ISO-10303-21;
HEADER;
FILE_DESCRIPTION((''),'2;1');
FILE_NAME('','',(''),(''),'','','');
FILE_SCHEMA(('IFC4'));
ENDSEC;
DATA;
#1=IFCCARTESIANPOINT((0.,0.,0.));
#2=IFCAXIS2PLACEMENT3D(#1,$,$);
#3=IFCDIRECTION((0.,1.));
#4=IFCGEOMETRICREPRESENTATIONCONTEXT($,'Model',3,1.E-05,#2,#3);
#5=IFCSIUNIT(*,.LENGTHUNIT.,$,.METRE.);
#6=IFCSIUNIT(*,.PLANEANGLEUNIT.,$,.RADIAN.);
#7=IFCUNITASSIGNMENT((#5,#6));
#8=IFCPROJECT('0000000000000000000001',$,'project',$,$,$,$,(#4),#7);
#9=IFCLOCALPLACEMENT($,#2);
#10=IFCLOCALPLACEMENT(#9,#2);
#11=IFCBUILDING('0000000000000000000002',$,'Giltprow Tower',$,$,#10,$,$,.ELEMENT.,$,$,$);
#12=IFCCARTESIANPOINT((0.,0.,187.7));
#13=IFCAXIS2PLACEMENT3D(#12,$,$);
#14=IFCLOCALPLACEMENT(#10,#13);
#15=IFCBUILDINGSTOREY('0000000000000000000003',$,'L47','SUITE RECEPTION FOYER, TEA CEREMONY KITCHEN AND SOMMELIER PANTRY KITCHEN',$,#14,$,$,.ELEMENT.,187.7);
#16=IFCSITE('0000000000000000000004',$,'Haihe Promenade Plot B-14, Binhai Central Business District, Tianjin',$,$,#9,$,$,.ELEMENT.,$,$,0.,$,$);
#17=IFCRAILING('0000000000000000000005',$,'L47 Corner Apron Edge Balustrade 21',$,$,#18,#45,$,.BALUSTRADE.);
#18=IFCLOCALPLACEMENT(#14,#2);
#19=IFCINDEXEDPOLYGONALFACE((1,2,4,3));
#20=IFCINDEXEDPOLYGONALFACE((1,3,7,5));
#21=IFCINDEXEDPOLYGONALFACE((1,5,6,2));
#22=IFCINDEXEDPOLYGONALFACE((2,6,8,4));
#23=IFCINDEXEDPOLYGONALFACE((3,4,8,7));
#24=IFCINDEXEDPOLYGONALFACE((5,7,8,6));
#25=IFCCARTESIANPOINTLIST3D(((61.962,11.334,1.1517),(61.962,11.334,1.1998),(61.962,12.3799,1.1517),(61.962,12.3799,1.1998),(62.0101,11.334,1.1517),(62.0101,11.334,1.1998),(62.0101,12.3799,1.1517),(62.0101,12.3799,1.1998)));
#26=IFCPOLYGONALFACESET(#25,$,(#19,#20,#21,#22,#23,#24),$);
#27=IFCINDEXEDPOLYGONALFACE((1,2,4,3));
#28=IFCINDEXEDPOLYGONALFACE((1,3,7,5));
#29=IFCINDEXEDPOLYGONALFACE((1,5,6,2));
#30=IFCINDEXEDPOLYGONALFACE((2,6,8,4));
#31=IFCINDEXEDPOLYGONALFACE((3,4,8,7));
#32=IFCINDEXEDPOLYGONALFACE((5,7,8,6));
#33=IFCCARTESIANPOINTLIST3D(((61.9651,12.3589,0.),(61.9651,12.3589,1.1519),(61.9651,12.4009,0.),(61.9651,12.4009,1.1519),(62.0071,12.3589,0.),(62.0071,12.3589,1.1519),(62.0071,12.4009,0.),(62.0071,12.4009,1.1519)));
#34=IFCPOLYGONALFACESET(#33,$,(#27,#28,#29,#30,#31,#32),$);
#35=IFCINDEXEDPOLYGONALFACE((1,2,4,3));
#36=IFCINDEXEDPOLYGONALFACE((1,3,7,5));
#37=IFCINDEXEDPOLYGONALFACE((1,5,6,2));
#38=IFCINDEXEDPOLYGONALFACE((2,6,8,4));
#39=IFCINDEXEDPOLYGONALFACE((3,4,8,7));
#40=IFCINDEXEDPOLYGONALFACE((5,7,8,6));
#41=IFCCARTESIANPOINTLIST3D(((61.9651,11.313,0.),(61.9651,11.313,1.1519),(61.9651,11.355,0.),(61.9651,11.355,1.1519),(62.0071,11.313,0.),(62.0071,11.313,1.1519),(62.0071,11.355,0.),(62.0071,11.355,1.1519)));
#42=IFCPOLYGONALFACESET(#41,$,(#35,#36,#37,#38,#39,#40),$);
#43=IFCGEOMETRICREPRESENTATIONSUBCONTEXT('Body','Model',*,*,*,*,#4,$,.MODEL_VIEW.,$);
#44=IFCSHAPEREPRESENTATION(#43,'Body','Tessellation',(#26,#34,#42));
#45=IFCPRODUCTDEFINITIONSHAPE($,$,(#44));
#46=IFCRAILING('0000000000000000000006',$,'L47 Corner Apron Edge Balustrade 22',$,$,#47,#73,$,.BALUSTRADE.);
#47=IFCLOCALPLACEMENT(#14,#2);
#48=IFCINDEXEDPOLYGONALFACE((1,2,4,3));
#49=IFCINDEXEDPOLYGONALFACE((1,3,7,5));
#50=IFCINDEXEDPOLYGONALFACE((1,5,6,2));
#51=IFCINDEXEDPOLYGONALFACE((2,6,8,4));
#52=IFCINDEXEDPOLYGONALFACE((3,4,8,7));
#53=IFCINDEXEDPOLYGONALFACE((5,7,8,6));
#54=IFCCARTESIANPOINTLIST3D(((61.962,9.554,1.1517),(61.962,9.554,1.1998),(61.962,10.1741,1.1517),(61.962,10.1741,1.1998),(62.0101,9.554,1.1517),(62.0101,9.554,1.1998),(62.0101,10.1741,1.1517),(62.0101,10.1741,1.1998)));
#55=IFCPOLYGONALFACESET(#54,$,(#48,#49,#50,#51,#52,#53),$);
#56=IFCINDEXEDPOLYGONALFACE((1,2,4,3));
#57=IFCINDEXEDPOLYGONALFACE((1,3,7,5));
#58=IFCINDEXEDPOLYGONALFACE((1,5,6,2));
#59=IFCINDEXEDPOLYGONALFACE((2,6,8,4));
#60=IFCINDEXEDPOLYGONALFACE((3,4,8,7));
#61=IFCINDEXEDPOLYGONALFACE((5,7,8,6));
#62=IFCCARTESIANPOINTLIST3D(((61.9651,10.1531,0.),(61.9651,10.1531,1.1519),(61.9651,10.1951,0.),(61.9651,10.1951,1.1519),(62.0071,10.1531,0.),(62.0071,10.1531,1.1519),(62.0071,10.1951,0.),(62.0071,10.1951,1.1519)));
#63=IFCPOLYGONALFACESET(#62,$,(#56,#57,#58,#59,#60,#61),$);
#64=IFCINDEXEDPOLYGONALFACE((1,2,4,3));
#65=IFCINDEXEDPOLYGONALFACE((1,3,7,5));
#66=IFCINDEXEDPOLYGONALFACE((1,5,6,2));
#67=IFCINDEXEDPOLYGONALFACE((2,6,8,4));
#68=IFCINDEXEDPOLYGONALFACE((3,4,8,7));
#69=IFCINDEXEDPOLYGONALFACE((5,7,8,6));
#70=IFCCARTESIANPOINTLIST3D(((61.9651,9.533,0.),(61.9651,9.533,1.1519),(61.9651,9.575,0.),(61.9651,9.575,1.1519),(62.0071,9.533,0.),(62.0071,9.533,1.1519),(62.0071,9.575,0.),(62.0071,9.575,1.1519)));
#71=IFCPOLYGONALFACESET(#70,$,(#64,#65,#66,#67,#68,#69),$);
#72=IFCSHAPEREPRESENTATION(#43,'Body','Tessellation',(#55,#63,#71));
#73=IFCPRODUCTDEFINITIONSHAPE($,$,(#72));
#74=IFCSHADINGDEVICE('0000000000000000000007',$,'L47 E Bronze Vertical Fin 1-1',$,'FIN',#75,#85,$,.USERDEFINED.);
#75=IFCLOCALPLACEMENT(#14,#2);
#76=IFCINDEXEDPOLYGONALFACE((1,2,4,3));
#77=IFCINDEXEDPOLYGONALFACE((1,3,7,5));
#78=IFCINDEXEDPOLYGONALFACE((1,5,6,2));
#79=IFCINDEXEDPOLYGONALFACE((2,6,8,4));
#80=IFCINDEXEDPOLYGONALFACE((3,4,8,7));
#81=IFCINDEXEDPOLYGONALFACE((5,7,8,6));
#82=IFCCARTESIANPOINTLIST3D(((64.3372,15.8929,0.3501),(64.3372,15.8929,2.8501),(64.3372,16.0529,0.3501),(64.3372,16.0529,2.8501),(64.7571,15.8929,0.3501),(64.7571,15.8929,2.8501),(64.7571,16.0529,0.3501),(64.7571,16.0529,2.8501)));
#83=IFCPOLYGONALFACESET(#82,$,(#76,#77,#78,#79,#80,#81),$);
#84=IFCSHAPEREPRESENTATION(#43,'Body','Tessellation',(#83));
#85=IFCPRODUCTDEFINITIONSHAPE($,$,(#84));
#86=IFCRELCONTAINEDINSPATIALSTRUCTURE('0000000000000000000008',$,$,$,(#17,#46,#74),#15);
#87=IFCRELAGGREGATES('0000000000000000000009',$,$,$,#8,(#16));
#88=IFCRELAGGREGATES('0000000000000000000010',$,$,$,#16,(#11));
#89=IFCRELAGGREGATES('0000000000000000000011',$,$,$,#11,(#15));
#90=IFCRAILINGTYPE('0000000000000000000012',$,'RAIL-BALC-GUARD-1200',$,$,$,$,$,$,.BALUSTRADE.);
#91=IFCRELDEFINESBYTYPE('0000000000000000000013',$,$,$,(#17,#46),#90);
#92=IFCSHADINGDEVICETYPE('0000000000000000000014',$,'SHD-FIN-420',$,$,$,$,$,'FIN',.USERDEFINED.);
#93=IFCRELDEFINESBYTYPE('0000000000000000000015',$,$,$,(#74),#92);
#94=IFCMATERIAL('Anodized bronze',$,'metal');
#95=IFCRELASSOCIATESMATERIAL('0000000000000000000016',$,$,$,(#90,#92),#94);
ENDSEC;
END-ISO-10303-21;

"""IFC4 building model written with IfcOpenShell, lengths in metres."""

from ifc_helpers import new_model, si_unit, direction, frame, origin, origin_2d, place, context, subcontext, project, spatial, rectangle, extrude, source, transform, mapped, material, type_object, element, save


model = new_model("IFC4")

# Units and contexts
model_context = context("Model", 3, precision=1e-05, world=origin(), true_north=direction((0.0, 1.0)))
body_context = subcontext(model_context, "Body", "Model", "MODEL_VIEW")
ifc_project = project(units=[si_unit("LENGTHUNIT", "METRE"), si_unit("PLANEANGLEUNIT", "RADIAN")], contexts=[model_context])

# Site, building, storey
site_placement = place(None, origin())
site = spatial("IfcSite", under=ifc_project, at=site_placement, Name="Haihe Promenade Plot B-14, Binhai Central Business District, Tianjin", CompositionType="ELEMENT", RefElevation=0.0)
building_placement = place(site_placement, origin())
building = spatial("IfcBuilding", under=site, at=building_placement, Name="Giltprow Tower", CompositionType="ELEMENT")
storey_placement = place(building_placement, frame((0.0, 0.0, 187.7)))
storey = spatial("IfcBuildingStorey", under=building, at=storey_placement, Name="L47", Description="SUITE RECEPTION FOYER, TEA CEREMONY KITCHEN AND SOMMELIER PANTRY KITCHEN", CompositionType="ELEMENT", Elevation=187.7)

# Shared definitions
ifc_material_1 = material(Name="Anodized bronze", Category="metal")

# Railings
railing_type = type_object("IfcRailingType", Name="RAIL-BALC-GUARD-1200", PredefinedType="BALUSTRADE", material=ifc_material_1)
railing_1_placement = place(storey_placement, frame((61.9861, 12.3799, 0.0)))
element("IfcRailing", 1, at=railing_1_placement, inside=storey, type_object=railing_type, Name="L47 Corner Apron Edge Balustrade 21", PredefinedType="BALUSTRADE", context=body_context, shape_type="SweptSolid", body=[
    extrude(rectangle(XDim=0.0481, YDim=0.0481, at=origin_2d()), frame((0.0, 0.0, 1.1758), z_axis=(0.0, -1.0, 0.0), x_axis=(1.0, 0.0, 0.0)), (0.0, 0.0, 1.0), 1.0459),
    extrude(rectangle(XDim=0.042, YDim=0.042, at=origin_2d()), origin(), (0.0, 0.0, 1.0), 1.1519),
    extrude(rectangle(XDim=0.042, YDim=0.042, at=origin_2d()), frame((0.0, -1.0459, 0.0)), (0.0, 0.0, 1.0), 1.1519),
])
railing_2_placement = place(storey_placement, frame((61.9861, 10.1741, 0.0)))
element("IfcRailing", 2, at=railing_2_placement, inside=storey, type_object=railing_type, Name="L47 Corner Apron Edge Balustrade 22", PredefinedType="BALUSTRADE", context=body_context, shape_type="SweptSolid", body=[
    extrude(rectangle(XDim=0.0481, YDim=0.0481, at=origin_2d()), frame((0.0, 0.0, 1.1758), z_axis=(0.0, -1.0, 0.0), x_axis=(1.0, 0.0, 0.0)), (0.0, 0.0, 1.0), 0.6201),
    extrude(rectangle(XDim=0.042, YDim=0.042, at=origin_2d()), origin(), (0.0, 0.0, 1.0), 1.1519),
    extrude(rectangle(XDim=0.042, YDim=0.042, at=origin_2d()), frame((0.0, -0.6201, 0.0)), (0.0, 0.0, 1.0), 1.1519),
])

# Shading device
shading_device_type = type_object("IfcShadingDeviceType", Name="SHD-FIN-420", ElementType="FIN", PredefinedType="USERDEFINED", material=ifc_material_1)
shared_shape_1 = source(origin(), body_context, "Body", "SweptSolid", [
    extrude(rectangle(XDim=0.4199, YDim=0.1599, at=origin_2d()), origin(), (0.0, 0.0, 1.0), 2.5),
])
shading_device_placement = place(storey_placement, frame((64.5471, 15.9729, 0.3501), z_axis=(0.0, 0.0, 1.0), x_axis=(1.0, 0.0, 0.0)))
element("IfcShadingDevice", 3, at=shading_device_placement, inside=storey, type_object=shading_device_type, Name="L47 E Bronze Vertical Fin 1-1", ObjectType="FIN", PredefinedType="USERDEFINED", context=body_context, shape_type="MappedRepresentation", body=[
    mapped(shared_shape_1, transform((0.0, 0.0, 0.0), x_axis=(1.0, 0.0, 0.0), y_axis=(0.0, 1.0, 0.0), z_axis=(0.0, 0.0, 1.0), scale=1.0)),
])

save(model, "model.ifc")
